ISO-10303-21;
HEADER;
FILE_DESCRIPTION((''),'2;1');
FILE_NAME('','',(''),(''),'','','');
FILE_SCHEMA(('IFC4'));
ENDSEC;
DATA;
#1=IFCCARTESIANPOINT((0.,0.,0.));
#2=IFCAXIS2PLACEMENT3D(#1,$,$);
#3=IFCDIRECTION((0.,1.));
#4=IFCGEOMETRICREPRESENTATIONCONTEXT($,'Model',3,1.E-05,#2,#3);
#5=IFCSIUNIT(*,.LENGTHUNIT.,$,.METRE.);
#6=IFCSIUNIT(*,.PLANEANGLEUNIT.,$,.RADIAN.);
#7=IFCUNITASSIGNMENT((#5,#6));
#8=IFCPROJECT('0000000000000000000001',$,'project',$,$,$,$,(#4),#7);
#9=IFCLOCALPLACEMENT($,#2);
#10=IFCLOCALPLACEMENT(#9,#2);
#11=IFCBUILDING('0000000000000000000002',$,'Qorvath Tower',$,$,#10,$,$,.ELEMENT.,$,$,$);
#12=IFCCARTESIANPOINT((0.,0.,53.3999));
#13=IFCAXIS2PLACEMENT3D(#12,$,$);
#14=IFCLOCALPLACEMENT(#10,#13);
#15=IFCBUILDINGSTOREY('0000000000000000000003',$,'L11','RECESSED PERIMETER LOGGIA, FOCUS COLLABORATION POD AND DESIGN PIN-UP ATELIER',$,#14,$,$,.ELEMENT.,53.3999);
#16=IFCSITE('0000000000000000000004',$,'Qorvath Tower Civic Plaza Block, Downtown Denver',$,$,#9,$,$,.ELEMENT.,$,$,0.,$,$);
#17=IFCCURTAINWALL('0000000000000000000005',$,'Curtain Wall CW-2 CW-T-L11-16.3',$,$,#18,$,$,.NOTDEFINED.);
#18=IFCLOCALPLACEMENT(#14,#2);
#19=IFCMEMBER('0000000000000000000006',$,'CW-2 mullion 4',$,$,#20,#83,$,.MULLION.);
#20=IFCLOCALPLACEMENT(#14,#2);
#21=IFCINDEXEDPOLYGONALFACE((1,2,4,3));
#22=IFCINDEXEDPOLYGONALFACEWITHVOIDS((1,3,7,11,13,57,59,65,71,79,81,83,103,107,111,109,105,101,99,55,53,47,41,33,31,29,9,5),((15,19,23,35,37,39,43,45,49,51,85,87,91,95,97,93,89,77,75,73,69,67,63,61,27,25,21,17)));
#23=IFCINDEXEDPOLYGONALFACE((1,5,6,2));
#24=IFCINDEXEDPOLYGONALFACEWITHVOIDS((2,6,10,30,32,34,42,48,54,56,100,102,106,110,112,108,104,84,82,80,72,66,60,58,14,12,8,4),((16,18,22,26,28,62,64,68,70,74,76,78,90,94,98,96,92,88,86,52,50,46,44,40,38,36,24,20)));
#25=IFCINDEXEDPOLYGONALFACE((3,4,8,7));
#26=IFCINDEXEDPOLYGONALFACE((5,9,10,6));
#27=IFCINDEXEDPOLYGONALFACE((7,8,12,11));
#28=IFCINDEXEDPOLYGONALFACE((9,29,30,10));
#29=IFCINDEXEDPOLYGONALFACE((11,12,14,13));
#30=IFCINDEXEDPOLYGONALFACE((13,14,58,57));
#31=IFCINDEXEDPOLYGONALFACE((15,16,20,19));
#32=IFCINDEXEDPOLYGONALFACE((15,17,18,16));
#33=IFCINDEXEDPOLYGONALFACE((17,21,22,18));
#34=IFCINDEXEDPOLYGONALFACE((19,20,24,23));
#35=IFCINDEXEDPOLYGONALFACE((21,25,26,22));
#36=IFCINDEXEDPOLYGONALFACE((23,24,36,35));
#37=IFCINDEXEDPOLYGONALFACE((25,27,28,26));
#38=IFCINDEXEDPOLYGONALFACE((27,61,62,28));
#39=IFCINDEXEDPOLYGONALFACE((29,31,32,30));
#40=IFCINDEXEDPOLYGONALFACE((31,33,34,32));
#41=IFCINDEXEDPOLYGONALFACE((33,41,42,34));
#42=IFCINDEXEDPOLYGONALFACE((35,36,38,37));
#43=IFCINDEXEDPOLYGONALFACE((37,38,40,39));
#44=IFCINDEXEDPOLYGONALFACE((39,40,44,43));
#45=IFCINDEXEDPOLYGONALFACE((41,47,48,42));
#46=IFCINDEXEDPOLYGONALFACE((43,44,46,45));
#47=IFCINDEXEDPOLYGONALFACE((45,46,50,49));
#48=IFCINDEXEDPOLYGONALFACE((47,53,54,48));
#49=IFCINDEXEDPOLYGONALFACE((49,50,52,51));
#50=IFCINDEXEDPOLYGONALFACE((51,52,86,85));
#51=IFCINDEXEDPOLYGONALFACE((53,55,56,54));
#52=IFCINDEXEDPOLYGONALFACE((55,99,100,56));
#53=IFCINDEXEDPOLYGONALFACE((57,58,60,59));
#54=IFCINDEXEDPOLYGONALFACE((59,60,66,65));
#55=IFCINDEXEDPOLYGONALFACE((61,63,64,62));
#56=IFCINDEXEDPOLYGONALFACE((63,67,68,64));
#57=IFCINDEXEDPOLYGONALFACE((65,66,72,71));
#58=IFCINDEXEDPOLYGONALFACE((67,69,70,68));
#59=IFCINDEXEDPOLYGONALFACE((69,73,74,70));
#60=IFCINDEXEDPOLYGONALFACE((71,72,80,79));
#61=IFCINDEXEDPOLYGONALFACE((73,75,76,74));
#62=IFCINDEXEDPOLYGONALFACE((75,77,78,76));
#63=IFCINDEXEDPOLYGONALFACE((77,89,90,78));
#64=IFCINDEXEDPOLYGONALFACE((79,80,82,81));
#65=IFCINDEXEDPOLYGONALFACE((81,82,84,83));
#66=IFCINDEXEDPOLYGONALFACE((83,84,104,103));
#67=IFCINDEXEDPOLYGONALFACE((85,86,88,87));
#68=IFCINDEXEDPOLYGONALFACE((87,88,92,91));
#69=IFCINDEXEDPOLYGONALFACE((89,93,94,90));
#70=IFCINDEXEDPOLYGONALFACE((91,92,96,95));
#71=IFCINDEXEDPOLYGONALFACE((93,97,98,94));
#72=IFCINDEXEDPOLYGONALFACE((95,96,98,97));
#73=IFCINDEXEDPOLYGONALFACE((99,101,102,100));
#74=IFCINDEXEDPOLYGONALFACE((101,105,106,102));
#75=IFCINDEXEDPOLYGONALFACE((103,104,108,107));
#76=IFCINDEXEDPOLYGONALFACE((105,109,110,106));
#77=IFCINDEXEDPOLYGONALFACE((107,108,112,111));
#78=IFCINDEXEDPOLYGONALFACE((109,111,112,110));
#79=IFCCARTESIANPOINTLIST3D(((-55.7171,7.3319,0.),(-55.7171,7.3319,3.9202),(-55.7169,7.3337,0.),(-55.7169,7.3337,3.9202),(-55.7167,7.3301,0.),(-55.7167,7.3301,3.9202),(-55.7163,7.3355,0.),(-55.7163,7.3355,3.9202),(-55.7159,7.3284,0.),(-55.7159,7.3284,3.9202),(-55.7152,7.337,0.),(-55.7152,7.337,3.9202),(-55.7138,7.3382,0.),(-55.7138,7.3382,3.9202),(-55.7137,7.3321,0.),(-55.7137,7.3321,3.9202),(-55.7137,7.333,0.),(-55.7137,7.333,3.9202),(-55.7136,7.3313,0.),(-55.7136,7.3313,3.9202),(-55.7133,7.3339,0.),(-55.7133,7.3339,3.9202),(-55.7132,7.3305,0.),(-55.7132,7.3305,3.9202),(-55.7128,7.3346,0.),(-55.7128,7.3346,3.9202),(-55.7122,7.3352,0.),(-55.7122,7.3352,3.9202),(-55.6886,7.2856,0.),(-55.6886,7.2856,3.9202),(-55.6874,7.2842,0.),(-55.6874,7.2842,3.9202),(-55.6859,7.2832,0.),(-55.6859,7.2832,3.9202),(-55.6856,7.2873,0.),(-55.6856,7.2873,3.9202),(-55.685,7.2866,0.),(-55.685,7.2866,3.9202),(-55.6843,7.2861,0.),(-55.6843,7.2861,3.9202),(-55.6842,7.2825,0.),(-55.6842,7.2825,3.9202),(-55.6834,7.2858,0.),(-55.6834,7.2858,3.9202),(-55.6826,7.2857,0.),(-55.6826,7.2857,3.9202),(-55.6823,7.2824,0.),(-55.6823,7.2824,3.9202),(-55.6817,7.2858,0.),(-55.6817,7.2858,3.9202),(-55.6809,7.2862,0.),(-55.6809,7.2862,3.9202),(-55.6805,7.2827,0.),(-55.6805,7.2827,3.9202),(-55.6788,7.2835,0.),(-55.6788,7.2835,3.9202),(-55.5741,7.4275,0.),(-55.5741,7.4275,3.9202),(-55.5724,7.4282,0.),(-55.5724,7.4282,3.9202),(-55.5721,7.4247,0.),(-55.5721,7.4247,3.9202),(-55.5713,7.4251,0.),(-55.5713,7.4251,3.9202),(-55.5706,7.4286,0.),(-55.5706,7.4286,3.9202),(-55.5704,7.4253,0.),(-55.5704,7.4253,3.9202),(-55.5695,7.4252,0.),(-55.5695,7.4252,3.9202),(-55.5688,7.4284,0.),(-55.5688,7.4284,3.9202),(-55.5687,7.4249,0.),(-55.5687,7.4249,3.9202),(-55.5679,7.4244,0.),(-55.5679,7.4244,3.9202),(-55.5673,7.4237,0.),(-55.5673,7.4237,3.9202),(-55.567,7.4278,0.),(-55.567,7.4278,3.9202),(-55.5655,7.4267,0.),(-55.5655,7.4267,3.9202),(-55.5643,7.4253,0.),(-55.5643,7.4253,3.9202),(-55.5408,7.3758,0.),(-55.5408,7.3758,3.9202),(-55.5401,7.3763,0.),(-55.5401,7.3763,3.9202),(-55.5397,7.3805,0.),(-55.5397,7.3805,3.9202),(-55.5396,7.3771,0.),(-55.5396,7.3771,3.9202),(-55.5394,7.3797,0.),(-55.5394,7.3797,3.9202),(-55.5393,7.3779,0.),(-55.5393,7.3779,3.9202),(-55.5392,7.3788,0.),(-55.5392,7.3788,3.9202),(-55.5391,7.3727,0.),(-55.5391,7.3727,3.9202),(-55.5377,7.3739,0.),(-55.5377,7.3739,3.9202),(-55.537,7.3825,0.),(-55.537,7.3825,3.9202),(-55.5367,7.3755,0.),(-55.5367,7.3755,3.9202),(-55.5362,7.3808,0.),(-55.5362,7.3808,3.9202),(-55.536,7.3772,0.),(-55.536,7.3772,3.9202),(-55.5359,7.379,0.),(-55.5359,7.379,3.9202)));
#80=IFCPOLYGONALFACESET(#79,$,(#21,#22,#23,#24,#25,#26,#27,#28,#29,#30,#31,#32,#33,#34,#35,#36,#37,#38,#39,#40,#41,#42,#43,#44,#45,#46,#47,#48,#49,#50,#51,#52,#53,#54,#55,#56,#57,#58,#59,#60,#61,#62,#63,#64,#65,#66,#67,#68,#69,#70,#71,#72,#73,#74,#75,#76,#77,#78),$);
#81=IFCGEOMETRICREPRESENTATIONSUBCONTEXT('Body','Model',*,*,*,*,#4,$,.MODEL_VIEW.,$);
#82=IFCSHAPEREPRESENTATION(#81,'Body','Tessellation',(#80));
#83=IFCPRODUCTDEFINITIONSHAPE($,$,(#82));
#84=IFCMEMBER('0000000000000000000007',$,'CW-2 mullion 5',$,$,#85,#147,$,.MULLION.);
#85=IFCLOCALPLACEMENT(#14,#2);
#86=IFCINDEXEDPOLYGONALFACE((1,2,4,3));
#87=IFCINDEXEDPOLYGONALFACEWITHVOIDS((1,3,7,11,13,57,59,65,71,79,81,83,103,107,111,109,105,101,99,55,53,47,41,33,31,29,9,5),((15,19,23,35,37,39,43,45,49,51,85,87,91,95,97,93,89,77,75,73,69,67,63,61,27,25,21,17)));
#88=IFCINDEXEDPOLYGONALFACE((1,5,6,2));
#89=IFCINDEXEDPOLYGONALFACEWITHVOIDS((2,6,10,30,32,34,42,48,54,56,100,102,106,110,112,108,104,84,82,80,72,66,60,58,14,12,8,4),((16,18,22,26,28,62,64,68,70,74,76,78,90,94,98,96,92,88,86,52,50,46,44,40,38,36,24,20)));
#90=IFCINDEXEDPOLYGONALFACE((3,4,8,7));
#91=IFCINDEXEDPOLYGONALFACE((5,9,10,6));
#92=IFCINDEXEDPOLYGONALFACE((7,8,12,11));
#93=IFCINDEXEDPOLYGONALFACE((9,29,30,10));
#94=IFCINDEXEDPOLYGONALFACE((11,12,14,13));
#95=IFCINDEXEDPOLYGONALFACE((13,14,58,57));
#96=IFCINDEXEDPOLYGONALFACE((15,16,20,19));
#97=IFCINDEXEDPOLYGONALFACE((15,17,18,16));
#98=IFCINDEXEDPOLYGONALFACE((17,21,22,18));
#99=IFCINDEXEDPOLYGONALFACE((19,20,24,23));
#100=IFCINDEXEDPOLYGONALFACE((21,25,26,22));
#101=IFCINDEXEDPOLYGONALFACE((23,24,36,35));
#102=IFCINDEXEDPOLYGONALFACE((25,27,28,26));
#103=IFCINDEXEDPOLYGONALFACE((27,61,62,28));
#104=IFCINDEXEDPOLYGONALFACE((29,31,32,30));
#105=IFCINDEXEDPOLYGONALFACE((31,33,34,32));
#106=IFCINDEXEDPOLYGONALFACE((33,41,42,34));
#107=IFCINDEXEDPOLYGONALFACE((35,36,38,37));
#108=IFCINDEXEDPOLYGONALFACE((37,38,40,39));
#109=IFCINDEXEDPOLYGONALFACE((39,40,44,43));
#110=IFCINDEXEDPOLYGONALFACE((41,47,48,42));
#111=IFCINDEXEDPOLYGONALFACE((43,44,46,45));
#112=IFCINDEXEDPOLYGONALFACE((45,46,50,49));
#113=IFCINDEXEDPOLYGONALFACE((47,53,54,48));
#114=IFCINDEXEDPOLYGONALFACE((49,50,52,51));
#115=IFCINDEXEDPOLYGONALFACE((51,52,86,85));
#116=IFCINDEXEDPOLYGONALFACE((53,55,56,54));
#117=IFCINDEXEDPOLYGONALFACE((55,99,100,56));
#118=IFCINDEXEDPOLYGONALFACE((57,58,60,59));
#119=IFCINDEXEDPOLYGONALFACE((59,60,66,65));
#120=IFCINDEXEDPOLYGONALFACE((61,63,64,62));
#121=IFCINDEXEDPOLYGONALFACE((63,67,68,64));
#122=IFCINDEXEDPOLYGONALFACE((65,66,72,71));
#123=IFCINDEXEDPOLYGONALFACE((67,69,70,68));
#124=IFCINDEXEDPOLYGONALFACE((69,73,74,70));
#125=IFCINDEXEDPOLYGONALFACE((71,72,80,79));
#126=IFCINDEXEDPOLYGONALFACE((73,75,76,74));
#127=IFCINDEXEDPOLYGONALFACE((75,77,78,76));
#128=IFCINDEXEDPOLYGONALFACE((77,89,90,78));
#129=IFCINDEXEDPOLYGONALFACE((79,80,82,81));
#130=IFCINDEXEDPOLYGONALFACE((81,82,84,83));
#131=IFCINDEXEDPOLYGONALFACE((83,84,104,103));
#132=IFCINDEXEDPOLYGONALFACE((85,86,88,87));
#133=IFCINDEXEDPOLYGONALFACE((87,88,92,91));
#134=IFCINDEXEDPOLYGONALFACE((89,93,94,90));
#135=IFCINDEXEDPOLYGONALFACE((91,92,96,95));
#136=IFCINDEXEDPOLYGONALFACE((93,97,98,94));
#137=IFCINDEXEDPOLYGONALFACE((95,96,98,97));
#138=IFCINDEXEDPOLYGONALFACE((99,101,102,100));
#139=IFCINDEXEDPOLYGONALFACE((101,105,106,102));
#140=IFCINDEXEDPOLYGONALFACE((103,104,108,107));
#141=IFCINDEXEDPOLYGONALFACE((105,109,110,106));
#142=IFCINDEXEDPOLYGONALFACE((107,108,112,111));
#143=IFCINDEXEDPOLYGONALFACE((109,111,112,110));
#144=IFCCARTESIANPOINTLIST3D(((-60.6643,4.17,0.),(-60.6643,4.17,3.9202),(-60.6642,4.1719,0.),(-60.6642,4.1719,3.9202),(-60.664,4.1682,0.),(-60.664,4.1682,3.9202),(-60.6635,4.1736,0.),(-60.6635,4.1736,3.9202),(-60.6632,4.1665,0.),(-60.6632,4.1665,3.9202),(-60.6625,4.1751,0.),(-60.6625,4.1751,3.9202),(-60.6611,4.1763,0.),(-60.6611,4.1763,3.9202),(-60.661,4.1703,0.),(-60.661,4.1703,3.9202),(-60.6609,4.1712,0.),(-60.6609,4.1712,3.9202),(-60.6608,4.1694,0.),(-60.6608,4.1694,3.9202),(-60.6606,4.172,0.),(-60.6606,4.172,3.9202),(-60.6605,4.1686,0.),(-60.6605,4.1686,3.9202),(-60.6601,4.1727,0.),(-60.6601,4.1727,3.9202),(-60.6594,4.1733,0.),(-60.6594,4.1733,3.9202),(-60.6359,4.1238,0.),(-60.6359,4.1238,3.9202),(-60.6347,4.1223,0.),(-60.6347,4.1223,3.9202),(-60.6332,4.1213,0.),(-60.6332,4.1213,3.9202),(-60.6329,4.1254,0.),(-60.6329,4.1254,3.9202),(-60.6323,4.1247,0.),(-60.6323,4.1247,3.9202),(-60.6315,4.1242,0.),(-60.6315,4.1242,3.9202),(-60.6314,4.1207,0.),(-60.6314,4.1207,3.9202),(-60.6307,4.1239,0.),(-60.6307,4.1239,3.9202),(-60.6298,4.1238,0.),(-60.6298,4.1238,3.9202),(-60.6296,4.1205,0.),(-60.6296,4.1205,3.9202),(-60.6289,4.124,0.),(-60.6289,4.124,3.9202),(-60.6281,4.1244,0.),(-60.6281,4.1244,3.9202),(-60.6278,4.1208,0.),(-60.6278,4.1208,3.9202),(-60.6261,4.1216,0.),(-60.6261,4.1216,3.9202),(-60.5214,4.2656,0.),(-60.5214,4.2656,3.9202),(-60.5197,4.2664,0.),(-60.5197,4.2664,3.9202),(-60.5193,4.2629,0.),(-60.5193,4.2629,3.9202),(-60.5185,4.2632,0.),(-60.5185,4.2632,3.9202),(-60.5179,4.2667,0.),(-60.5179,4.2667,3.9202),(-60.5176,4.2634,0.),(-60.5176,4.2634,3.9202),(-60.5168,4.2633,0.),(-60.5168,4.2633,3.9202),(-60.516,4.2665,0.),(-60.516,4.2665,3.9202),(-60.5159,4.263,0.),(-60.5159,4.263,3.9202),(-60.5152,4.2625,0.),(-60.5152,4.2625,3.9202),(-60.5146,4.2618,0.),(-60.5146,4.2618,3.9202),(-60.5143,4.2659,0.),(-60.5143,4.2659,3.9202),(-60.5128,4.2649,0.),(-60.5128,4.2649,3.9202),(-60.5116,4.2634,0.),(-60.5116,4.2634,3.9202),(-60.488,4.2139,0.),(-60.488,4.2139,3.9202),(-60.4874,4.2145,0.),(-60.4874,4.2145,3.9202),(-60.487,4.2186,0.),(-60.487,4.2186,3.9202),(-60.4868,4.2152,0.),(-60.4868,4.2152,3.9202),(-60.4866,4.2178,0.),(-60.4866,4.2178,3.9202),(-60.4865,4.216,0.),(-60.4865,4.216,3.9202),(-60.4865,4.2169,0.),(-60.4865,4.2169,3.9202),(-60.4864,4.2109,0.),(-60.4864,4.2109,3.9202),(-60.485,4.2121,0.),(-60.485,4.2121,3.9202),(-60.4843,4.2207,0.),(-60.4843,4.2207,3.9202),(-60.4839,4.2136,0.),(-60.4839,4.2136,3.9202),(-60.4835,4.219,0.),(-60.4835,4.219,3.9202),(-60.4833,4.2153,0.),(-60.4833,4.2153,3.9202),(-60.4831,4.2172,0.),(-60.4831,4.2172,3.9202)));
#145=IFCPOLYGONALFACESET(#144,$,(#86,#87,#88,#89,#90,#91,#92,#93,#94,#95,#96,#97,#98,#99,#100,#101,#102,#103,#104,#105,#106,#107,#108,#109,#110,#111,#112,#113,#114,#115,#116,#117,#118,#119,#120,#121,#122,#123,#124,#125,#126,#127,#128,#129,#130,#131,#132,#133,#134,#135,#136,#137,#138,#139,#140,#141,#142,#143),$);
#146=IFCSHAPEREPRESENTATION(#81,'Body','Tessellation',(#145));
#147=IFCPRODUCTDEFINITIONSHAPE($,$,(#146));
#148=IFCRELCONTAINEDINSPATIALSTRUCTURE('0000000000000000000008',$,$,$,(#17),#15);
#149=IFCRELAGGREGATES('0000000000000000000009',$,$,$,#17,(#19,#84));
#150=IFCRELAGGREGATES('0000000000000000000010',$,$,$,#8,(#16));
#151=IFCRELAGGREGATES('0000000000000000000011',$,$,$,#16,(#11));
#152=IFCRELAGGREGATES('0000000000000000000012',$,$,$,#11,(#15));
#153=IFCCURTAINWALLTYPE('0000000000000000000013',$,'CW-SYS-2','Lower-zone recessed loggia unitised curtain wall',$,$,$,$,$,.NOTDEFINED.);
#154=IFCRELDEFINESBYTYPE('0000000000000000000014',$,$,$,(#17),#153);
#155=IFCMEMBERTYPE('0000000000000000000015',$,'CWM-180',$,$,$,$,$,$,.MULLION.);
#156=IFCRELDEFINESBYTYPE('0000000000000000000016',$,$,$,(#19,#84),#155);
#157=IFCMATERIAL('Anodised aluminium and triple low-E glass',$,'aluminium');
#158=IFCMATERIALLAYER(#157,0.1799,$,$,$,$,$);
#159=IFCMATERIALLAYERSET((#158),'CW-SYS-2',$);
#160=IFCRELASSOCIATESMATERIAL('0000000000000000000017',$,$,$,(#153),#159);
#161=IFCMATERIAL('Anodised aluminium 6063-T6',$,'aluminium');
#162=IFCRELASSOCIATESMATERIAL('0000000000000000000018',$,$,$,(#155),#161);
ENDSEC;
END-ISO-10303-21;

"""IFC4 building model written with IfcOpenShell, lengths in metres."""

from ifc_helpers import new_model, si_unit, direction, frame, origin, origin_2d, place, context, subcontext, project, spatial, hollow_rectangle, extrude, material, layer, layer_set, material_profile, profile_set, type_object, element, aggregate, save


model = new_model("IFC4")

# Units and contexts
model_context = context("Model", 3, precision=1e-05, world=origin(), true_north=direction((0.0, 1.0)))
body_context = subcontext(model_context, "Body", "Model", "MODEL_VIEW")
ifc_project = project(units=[si_unit("LENGTHUNIT", "METRE"), si_unit("PLANEANGLEUNIT", "RADIAN")], contexts=[model_context])

# Site, building, storey
site_placement = place(None, origin())
site = spatial("IfcSite", under=ifc_project, at=site_placement, Name="Qorvath Tower Civic Plaza Block, Downtown Denver", CompositionType="ELEMENT", RefElevation=0.0)
building_placement = place(site_placement, origin())
building = spatial("IfcBuilding", under=site, at=building_placement, Name="Qorvath Tower", CompositionType="ELEMENT")
storey_placement = place(building_placement, frame((0.0, 0.0, 53.3999)))
storey = spatial("IfcBuildingStorey", under=building, at=storey_placement, Name="L11", Description="RECESSED PERIMETER LOGGIA, FOCUS COLLABORATION POD AND DESIGN PIN-UP ATELIER", CompositionType="ELEMENT", Elevation=53.3999)

# Curtain wall, members
ifc_material_1 = material(Name="Anodised aluminium and triple low-E glass", Category="aluminium")
ifc_layer_1 = layer(ifc_material_1, 0.1799)
ifc_layer_set_1 = layer_set([ifc_layer_1], Name="CW-SYS-2")
curtain_wall_type = type_object("IfcCurtainWallType", Name="CW-SYS-2", Description="Lower-zone recessed loggia unitised curtain wall", PredefinedType="NOTDEFINED", material=ifc_layer_set_1)
curtain_wall_placement = place(storey_placement, origin())
curtain_wall = element("IfcCurtainWall", 1, at=curtain_wall_placement, inside=storey, type_object=curtain_wall_type, Name="Curtain Wall CW-2 CW-T-L11-16.3", PredefinedType="NOTDEFINED")
ifc_material_2 = material(Name="Anodised aluminium 6063-T6", Category="aluminium")
ifc_material_profile_1 = material_profile(ifc_material_2, hollow_rectangle(XDim=0.0649, YDim=0.1799, WallThickness=0.0034, InnerFilletRadius=0.0034, OuterFilletRadius=0.0071, at=origin_2d()), Name="CWM 180x65")
ifc_profile_set_1 = profile_set([ifc_material_profile_1], Name="Anodised aluminium 6063-T6")
member_type_1 = type_object("IfcMemberType", Name="CWM-180", PredefinedType="MULLION", material=ifc_profile_set_1)
member_1_placement = place(storey_placement, frame((-55.6265, 7.3555, 0.0), z_axis=(0.0, 0.0, 1.0), x_axis=(0.538532, -0.842605, 0.0)))
member_1 = element("IfcMember", 2, at=member_1_placement, type_object=member_type_1, Name="CW-2 mullion 4", PredefinedType="MULLION", context=body_context, shape_type="SweptSolid", body=[
    extrude(hollow_rectangle(XDim=0.0649, YDim=0.1799, WallThickness=0.0034, InnerFilletRadius=0.0034, OuterFilletRadius=0.0071, at=origin_2d()), origin(), (0.0, 0.0, 1.0), 3.9202),
])
member_2_placement = place(storey_placement, frame((-60.5737, 4.1936, 0.0), z_axis=(0.0, 0.0, 1.0), x_axis=(0.538532, -0.842605, 0.0)))
member_2 = element("IfcMember", 3, at=member_2_placement, type_object=member_type_1, Name="CW-2 mullion 5", PredefinedType="MULLION", context=body_context, shape_type="SweptSolid", body=[
    extrude(hollow_rectangle(XDim=0.0649, YDim=0.1799, WallThickness=0.0034, InnerFilletRadius=0.0034, OuterFilletRadius=0.0071, at=origin_2d()), origin(), (0.0, 0.0, 1.0), 3.9202),
])
aggregate(curtain_wall, [member_1, member_2])

save(model, "model.ifc")
